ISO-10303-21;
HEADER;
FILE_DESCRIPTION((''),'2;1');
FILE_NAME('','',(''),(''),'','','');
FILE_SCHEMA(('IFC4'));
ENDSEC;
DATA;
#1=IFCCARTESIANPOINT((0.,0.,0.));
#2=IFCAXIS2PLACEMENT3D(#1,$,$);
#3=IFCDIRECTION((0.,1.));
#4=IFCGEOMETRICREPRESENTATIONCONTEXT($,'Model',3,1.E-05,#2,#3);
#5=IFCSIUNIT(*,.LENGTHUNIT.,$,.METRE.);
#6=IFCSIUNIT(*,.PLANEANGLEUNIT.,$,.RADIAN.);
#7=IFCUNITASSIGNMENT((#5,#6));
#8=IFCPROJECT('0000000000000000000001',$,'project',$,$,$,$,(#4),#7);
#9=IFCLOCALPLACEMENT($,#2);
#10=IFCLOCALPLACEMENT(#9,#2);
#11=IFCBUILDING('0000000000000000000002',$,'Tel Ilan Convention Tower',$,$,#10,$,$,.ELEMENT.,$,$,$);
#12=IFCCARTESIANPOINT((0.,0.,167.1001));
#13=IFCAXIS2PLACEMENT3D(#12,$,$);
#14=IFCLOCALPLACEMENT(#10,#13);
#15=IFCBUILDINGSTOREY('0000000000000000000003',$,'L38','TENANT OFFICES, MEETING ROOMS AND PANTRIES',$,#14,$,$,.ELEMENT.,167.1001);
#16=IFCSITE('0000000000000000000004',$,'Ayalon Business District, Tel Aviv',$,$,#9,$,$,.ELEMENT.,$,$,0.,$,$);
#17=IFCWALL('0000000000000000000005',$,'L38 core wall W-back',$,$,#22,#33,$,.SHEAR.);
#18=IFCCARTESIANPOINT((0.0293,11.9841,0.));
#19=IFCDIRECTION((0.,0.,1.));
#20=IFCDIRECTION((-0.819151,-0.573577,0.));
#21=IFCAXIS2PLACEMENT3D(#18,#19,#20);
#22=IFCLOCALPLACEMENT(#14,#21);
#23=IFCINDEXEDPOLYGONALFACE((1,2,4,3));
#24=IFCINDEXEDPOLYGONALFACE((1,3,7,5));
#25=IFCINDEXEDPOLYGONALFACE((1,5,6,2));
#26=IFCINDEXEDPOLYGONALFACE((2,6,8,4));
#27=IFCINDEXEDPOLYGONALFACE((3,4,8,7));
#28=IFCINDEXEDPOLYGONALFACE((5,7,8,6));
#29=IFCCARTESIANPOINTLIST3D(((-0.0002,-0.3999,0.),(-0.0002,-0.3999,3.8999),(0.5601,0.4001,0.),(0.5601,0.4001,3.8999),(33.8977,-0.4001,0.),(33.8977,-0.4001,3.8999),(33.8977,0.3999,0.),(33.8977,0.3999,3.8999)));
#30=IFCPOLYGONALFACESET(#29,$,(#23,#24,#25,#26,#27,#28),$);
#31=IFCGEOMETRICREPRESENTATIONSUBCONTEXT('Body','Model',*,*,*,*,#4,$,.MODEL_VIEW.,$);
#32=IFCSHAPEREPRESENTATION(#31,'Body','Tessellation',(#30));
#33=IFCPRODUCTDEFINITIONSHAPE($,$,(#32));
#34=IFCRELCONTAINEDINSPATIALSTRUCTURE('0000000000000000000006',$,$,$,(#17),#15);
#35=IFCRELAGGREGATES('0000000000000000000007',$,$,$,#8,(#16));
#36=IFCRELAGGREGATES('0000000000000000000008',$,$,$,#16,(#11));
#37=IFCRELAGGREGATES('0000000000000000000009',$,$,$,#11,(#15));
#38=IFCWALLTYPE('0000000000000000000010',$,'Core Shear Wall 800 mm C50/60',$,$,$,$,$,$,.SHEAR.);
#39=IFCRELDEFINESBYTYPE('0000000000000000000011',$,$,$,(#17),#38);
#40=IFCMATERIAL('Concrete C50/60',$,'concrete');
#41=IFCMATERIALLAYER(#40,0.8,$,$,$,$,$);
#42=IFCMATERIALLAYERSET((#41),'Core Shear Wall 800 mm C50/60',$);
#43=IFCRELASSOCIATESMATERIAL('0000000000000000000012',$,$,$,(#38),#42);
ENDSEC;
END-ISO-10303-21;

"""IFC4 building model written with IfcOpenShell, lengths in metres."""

from ifc_helpers import new_model, si_unit, direction, frame, origin, place, context, subcontext, project, spatial, polyline, outline, extrude, material, layer, layer_set, type_object, element, save


model = new_model("IFC4")

# Units and contexts
model_context = context("Model", 3, precision=1e-05, world=origin(), true_north=direction((0.0, 1.0)))
body_context = subcontext(model_context, "Body", "Model", "MODEL_VIEW")
ifc_project = project(units=[si_unit("LENGTHUNIT", "METRE"), si_unit("PLANEANGLEUNIT", "RADIAN")], contexts=[model_context])

# Site, building, storey
site_placement = place(None, origin())
site = spatial("IfcSite", under=ifc_project, at=site_placement, Name="Ayalon Business District, Tel Aviv", CompositionType="ELEMENT", RefElevation=0.0)
building_placement = place(site_placement, origin())
building = spatial("IfcBuilding", under=site, at=building_placement, Name="Tel Ilan Convention Tower", CompositionType="ELEMENT")
storey_placement = place(building_placement, frame((0.0, 0.0, 167.1001)))
storey = spatial("IfcBuildingStorey", under=building, at=storey_placement, Name="L38", Description="TENANT OFFICES, MEETING ROOMS AND PANTRIES", CompositionType="ELEMENT", Elevation=167.1001)

# Wall
ifc_material_1 = material(Name="Concrete C50/60", Category="concrete")
ifc_layer_1 = layer(ifc_material_1, 0.8)
ifc_layer_set_1 = layer_set([ifc_layer_1], Name="Core Shear Wall 800 mm C50/60")
wall_type_1 = type_object("IfcWallType", Name="Core Shear Wall 800 mm C50/60", PredefinedType="SHEAR", material=ifc_layer_set_1)
wall_1_placement = place(storey_placement, frame((0.0293, 11.9841, 0.0), z_axis=(0.0, 0.0, 1.0), x_axis=(-0.819151, -0.573577, 0.0)))
element("IfcWall", 1, at=wall_1_placement, inside=storey, type_object=wall_type_1, Name="L38 core wall W-back", PredefinedType="SHEAR", context=body_context, shape_type="SweptSolid", body=[
    extrude(outline(polyline([(33.8977, 0.3999), (0.5601, 0.4001), (-0.0002, -0.3999), (33.8977, -0.4001), (33.8977, 0.3999)])), origin(), (0.0, 0.0, 1.0), 3.8999),
])

save(model, "model.ifc")
